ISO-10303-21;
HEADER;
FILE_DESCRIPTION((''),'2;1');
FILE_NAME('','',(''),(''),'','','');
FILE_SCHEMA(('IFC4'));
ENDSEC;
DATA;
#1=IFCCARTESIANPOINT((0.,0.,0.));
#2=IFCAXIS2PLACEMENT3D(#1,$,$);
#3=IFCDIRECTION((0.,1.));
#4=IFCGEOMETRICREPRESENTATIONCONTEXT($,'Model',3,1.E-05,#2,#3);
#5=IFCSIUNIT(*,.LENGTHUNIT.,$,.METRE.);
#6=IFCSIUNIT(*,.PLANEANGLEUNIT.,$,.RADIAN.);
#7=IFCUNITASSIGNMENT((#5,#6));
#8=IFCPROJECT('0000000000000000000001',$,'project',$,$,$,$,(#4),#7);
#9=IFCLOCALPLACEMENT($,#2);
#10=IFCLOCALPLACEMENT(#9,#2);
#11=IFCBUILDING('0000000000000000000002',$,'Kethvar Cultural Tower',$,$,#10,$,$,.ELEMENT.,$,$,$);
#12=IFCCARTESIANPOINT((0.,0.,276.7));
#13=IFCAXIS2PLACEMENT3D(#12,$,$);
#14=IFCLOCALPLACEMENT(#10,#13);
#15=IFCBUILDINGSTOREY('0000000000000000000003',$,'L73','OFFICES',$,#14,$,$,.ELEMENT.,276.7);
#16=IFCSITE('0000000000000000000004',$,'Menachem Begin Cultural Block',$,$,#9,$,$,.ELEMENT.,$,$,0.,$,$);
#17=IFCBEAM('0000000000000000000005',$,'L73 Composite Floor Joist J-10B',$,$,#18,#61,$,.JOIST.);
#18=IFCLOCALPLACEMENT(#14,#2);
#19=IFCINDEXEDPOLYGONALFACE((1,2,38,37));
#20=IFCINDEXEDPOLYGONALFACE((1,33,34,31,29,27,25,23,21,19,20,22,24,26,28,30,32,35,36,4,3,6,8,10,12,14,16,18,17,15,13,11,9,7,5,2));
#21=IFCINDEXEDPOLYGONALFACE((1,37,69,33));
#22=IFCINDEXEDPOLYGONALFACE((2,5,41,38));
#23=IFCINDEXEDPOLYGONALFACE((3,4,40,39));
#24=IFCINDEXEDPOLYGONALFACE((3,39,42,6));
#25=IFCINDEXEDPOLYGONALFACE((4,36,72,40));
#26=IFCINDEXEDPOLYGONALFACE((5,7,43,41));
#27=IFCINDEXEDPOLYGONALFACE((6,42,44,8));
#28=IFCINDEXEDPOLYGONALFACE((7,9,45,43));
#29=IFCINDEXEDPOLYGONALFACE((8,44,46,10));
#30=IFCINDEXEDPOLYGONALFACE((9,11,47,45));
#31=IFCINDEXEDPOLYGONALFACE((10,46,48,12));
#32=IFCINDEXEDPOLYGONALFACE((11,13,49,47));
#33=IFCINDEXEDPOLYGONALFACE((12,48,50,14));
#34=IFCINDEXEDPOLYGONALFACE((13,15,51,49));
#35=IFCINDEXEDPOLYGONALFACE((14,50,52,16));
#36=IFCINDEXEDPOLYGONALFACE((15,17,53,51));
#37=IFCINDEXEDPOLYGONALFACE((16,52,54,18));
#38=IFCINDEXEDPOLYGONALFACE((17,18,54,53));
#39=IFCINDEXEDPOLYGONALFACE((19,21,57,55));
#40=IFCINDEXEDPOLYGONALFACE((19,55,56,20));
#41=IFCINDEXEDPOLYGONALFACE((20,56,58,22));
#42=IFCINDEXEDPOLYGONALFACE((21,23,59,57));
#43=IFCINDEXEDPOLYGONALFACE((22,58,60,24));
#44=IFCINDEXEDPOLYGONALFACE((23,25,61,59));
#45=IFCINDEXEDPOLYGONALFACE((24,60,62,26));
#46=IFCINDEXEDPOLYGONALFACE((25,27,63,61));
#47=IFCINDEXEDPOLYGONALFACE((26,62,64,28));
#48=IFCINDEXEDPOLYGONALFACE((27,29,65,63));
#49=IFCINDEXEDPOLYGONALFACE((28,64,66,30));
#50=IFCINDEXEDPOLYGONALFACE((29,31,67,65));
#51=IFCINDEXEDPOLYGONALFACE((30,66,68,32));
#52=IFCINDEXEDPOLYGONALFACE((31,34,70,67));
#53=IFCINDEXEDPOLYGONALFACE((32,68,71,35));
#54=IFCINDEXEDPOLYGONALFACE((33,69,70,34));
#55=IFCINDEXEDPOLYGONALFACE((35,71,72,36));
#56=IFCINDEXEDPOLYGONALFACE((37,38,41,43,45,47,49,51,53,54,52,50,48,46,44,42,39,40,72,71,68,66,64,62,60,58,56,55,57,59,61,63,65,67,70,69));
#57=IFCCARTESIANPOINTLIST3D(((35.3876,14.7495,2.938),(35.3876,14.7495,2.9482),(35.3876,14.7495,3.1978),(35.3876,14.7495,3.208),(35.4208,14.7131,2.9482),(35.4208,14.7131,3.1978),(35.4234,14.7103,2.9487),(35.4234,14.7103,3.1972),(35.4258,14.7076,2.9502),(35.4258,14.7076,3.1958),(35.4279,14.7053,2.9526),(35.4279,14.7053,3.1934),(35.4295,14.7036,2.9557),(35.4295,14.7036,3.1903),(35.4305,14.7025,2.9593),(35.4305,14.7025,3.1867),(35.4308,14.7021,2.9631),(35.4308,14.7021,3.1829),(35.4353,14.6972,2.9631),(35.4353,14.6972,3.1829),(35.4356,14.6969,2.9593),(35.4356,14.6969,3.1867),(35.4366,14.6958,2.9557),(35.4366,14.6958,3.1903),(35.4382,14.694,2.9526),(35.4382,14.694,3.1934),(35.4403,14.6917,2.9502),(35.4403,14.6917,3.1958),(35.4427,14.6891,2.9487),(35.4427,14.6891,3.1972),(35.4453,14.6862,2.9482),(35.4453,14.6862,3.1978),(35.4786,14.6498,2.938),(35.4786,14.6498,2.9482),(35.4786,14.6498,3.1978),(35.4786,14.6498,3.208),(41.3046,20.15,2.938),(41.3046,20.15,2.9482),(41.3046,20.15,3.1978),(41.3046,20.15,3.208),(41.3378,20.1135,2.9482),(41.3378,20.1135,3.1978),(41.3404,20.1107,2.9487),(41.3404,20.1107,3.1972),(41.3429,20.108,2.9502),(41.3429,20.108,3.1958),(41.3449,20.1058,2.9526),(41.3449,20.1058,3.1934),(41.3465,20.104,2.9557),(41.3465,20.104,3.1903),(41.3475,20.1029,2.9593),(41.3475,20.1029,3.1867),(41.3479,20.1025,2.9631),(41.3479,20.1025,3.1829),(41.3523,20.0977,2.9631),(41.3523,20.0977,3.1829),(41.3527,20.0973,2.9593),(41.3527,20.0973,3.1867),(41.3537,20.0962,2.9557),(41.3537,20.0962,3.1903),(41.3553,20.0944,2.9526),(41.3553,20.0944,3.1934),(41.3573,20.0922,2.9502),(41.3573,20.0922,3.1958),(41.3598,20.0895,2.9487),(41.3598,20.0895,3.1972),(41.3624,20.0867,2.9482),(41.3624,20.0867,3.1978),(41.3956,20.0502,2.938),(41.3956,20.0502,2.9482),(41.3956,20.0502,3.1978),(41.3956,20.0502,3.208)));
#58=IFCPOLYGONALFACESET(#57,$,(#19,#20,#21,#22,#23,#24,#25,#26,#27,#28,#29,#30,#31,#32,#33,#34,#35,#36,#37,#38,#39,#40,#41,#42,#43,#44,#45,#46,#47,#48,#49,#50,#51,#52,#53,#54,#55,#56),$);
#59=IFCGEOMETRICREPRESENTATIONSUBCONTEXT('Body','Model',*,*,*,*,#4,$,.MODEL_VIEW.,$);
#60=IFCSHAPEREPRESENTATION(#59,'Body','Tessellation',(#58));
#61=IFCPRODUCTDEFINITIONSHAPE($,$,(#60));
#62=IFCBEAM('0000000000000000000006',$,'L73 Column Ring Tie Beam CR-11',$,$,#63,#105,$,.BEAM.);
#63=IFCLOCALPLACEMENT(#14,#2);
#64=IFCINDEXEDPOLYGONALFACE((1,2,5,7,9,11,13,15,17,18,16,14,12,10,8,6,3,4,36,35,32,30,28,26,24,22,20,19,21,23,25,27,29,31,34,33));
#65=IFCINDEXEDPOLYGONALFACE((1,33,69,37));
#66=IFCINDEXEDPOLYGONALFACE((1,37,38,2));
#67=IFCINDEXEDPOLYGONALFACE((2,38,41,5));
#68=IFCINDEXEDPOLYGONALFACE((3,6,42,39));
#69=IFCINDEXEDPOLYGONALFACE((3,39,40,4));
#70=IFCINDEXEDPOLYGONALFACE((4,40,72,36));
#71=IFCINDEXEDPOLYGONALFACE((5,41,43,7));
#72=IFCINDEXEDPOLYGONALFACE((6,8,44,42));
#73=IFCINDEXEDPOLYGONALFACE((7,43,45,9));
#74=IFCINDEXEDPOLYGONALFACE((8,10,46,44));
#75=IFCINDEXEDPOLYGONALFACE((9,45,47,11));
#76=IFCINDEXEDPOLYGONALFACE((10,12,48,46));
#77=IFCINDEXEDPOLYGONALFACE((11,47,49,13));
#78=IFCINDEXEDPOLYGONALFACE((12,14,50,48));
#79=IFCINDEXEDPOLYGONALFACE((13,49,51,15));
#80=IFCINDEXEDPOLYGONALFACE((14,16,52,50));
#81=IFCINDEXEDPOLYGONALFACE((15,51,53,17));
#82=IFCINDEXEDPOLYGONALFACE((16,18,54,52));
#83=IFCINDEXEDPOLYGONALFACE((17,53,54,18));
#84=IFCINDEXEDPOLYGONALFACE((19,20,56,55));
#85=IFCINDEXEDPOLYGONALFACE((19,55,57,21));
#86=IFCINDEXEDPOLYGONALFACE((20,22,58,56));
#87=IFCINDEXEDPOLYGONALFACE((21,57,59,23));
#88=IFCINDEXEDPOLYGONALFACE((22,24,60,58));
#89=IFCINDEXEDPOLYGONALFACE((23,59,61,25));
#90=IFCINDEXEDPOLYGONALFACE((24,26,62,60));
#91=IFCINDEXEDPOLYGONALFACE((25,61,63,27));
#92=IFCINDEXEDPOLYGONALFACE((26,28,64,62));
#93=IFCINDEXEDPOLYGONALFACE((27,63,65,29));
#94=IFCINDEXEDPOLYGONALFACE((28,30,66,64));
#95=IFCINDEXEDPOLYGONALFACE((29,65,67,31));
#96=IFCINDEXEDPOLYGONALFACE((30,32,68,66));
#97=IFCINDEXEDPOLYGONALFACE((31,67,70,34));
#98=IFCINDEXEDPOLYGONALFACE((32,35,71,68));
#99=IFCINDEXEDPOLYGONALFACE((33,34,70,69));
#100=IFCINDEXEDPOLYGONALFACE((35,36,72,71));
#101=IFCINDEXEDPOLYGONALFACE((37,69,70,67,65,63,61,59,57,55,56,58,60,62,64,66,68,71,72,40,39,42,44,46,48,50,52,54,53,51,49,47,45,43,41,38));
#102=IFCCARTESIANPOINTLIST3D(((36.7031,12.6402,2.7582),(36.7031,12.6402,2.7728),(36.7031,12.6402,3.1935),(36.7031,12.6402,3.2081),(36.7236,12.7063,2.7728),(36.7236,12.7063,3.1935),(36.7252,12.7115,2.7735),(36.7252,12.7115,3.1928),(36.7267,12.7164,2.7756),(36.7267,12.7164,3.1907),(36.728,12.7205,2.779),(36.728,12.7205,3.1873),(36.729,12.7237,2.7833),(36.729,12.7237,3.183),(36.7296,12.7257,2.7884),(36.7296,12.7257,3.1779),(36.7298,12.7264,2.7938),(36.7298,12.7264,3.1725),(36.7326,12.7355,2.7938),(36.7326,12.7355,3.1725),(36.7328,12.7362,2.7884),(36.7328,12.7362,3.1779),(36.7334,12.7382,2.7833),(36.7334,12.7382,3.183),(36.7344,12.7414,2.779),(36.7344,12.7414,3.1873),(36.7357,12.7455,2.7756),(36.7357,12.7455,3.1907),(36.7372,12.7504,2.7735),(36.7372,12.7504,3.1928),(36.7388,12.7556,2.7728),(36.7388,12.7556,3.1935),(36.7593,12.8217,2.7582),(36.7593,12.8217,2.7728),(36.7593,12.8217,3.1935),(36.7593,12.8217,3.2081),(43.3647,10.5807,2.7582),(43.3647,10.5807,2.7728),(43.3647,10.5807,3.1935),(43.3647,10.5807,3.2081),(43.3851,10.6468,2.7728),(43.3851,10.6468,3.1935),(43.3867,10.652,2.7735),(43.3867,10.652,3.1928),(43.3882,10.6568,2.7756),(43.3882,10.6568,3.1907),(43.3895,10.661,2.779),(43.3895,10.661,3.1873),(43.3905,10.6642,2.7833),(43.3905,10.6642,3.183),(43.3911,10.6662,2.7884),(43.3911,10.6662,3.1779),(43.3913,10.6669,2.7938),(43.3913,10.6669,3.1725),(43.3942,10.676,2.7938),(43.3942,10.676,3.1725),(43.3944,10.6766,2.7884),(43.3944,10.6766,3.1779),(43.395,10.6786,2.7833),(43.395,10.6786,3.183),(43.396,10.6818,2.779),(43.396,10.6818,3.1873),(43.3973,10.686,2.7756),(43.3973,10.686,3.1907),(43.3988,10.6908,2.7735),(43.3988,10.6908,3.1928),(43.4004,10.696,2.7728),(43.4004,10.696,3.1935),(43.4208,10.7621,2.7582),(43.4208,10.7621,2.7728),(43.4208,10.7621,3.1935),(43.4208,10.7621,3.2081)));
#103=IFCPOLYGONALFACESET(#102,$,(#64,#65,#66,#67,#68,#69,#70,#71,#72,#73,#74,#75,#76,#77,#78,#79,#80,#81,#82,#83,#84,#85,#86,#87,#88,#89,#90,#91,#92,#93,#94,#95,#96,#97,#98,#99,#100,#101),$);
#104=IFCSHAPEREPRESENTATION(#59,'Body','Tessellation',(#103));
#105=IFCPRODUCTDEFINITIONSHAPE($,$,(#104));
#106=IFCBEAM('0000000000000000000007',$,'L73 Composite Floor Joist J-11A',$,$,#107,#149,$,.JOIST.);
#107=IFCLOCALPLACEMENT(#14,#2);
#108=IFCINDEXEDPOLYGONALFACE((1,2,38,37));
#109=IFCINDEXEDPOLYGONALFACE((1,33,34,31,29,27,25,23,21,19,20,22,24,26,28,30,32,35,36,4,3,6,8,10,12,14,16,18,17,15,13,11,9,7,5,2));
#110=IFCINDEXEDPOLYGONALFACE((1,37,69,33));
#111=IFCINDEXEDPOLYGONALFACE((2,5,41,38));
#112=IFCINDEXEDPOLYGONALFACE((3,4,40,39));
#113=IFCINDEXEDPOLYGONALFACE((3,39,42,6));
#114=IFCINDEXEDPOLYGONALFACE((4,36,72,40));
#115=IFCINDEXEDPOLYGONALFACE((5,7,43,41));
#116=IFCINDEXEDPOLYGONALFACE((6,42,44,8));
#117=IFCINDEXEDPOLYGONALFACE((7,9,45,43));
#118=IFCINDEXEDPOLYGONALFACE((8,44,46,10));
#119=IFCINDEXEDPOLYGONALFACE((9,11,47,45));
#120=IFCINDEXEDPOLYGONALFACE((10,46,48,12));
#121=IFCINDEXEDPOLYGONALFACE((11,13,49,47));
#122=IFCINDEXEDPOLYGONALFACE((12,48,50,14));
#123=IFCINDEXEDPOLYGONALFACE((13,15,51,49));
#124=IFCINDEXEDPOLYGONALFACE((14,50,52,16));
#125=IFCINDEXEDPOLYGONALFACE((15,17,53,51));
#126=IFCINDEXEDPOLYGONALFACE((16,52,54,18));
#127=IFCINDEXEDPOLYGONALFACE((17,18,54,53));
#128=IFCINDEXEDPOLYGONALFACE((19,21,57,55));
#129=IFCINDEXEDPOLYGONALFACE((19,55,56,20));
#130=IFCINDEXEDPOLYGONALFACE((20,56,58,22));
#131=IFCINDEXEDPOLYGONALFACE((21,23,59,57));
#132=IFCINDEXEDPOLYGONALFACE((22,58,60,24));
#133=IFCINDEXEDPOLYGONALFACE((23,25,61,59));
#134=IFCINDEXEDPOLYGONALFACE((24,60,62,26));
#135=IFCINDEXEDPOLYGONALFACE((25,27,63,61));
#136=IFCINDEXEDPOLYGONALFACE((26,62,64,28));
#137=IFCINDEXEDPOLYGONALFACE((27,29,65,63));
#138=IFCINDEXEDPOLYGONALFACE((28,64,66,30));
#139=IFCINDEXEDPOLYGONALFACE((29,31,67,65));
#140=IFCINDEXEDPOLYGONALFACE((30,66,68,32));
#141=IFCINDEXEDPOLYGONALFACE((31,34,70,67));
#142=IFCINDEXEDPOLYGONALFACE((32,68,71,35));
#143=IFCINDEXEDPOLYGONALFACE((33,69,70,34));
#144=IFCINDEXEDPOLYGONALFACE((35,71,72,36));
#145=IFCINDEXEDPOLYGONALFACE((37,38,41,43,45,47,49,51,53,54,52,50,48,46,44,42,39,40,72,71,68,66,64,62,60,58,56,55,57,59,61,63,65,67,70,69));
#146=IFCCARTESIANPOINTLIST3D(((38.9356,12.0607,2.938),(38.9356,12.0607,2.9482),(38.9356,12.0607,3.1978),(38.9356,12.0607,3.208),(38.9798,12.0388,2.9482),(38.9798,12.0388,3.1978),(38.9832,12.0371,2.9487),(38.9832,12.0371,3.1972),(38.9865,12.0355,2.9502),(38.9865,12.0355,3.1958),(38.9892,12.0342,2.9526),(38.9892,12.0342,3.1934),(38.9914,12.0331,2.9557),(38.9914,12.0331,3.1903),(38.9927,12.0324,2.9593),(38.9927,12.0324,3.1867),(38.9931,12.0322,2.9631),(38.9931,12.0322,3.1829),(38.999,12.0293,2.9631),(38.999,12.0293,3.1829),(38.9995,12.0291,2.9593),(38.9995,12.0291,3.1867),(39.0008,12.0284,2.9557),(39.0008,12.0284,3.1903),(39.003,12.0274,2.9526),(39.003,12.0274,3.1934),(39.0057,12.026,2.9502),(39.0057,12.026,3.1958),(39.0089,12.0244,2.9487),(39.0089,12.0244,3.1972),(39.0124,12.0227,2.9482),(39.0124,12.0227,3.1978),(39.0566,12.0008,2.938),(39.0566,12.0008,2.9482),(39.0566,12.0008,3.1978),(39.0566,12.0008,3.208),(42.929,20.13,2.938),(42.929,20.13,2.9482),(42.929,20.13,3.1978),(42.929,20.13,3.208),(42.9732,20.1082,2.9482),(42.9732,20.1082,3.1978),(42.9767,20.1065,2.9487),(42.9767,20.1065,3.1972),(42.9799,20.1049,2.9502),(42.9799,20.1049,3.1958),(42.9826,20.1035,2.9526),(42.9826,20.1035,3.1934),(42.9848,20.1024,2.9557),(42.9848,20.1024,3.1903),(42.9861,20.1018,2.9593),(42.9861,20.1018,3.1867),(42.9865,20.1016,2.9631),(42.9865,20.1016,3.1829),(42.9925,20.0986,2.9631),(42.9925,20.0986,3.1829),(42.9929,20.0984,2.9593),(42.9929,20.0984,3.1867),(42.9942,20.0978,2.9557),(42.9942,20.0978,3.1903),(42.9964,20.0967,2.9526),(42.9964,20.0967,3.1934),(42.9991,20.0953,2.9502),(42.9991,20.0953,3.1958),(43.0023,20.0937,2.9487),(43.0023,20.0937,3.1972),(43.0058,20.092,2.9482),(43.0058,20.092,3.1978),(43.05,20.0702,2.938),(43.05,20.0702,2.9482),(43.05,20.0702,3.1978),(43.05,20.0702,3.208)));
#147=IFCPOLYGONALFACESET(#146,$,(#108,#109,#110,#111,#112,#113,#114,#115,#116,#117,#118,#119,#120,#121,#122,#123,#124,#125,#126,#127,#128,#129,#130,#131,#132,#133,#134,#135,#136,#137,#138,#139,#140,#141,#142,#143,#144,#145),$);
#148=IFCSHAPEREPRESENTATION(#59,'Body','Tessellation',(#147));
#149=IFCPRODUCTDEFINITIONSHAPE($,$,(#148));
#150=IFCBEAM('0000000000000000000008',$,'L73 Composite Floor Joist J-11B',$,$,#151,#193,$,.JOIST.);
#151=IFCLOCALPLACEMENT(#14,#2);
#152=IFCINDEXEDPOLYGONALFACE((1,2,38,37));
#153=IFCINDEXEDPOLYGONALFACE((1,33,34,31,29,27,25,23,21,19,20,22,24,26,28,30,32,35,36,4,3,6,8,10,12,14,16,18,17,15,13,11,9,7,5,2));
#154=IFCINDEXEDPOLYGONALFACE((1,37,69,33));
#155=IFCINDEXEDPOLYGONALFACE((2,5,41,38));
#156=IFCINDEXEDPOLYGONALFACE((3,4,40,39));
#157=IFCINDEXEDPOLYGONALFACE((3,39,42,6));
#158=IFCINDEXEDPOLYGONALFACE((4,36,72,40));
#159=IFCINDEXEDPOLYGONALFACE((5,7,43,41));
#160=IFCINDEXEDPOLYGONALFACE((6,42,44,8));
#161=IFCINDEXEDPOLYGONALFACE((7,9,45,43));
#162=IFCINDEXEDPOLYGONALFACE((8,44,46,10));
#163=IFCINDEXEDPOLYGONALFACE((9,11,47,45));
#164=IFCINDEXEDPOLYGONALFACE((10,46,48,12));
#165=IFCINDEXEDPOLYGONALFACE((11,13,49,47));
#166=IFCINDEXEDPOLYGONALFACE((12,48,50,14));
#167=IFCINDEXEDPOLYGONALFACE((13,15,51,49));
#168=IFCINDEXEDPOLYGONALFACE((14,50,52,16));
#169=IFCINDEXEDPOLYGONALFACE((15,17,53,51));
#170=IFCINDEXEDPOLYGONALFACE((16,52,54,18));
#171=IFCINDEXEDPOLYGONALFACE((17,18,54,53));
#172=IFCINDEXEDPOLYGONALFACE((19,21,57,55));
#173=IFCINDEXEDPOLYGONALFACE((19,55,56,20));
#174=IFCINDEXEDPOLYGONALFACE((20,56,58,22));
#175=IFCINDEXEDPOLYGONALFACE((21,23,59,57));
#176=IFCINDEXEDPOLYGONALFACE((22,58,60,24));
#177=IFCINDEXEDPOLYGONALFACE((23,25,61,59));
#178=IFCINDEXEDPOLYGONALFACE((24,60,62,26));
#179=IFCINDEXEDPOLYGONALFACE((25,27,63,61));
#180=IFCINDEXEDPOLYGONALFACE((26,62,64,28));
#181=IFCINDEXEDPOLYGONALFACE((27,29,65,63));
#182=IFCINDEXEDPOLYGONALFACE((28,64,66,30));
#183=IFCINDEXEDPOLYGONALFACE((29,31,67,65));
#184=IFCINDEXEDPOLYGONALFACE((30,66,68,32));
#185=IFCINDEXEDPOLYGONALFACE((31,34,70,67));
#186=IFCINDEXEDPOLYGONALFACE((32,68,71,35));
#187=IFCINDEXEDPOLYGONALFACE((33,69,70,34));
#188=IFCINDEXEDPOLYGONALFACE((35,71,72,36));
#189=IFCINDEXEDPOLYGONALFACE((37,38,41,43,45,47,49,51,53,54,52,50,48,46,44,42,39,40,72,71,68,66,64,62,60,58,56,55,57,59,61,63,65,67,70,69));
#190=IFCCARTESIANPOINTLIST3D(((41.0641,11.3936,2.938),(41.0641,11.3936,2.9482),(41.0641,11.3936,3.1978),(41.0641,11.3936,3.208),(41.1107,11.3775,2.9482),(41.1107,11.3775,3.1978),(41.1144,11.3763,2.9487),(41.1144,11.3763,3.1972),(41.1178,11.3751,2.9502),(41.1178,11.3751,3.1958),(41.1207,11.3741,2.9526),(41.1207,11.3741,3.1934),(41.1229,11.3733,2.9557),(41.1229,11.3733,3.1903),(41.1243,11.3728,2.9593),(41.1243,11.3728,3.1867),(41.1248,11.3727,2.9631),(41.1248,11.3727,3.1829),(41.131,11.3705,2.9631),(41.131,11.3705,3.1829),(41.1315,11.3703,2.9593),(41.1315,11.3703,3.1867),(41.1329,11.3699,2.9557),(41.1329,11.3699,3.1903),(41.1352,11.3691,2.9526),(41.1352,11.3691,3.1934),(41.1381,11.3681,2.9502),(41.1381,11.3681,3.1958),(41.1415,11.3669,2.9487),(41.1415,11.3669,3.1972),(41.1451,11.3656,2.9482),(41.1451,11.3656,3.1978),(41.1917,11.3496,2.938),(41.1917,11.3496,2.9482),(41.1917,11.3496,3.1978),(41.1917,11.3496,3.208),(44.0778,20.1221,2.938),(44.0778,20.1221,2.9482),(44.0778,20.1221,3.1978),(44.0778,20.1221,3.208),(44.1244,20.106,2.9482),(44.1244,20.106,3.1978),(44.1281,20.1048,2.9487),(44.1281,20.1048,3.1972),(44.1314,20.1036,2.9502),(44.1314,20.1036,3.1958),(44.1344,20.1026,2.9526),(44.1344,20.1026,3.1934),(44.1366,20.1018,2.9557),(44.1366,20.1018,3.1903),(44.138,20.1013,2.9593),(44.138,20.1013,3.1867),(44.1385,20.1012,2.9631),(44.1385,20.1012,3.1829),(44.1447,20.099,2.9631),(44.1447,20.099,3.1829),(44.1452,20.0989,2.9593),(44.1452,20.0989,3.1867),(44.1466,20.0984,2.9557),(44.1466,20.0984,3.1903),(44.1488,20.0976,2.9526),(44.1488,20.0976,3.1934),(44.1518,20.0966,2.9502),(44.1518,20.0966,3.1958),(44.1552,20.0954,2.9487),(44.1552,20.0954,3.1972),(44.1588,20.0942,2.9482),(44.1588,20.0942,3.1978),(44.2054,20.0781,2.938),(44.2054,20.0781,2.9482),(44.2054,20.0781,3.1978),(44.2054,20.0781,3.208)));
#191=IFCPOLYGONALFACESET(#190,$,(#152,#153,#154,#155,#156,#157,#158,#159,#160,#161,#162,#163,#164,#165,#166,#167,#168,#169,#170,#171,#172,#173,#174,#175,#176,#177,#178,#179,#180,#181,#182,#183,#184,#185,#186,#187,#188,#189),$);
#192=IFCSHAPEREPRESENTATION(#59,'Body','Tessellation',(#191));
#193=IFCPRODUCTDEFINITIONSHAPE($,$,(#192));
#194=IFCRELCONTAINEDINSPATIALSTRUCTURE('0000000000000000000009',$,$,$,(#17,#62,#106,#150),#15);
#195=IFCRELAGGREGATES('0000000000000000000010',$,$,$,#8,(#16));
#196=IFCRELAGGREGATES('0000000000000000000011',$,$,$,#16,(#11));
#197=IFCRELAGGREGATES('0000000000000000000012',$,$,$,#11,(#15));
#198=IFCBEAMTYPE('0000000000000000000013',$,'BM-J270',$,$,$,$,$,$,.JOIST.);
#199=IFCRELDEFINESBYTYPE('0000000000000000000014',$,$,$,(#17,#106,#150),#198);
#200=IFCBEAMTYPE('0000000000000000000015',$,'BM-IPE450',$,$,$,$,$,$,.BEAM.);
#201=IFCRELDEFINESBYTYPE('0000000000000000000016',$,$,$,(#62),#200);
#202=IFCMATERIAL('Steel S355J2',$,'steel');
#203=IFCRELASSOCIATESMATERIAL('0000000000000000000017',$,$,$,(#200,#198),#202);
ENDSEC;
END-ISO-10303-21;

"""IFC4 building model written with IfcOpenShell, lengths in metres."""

from ifc_helpers import new_model, si_unit, direction, frame, origin, origin_2d, place, context, subcontext, project, spatial, i_section, extrude, source, transform, mapped, material, material_profile, profile_set, type_object, element, save


model = new_model("IFC4")

# Units and contexts
model_context = context("Model", 3, precision=1e-05, world=origin(), true_north=direction((0.0, 1.0)))
body_context = subcontext(model_context, "Body", "Model", "MODEL_VIEW")
ifc_project = project(units=[si_unit("LENGTHUNIT", "METRE"), si_unit("PLANEANGLEUNIT", "RADIAN")], contexts=[model_context])

# Site, building, storey
site_placement = place(None, origin())
site = spatial("IfcSite", under=ifc_project, at=site_placement, Name="Menachem Begin Cultural Block", CompositionType="ELEMENT", RefElevation=0.0)
building_placement = place(site_placement, origin())
building = spatial("IfcBuilding", under=site, at=building_placement, Name="Kethvar Cultural Tower", CompositionType="ELEMENT")
storey_placement = place(building_placement, frame((0.0, 0.0, 276.7)))
storey = spatial("IfcBuildingStorey", under=building, at=storey_placement, Name="L73", Description="OFFICES", CompositionType="ELEMENT", Elevation=276.7)

# Shared definitions
ifc_material_1 = material(Name="Steel S355J2", Category="steel")

# Beams
ifc_material_profile_1 = material_profile(ifc_material_1, i_section(OverallWidth=0.1899, OverallDepth=0.45, WebThickness=0.0095, FlangeThickness=0.0146, FilletRadius=0.021, at=origin_2d()), Name="Steel S355J2 — IPE450")
ifc_profile_set_1 = profile_set([ifc_material_profile_1], Name="Steel S355J2 — IPE450")
beam_type_1 = type_object("IfcBeamType", Name="BM-IPE450", PredefinedType="BEAM", material=ifc_profile_set_1)
ifc_material_profile_2 = material_profile(ifc_material_1, i_section(OverallWidth=0.135, OverallDepth=0.27, WebThickness=0.0066, FlangeThickness=0.0103, FilletRadius=0.0149, at=origin_2d()), Name="Steel S355J2 — IPE270")
ifc_profile_set_2 = profile_set([ifc_material_profile_2], Name="Steel S355J2 — IPE270")
beam_type_2 = type_object("IfcBeamType", Name="BM-J270", PredefinedType="JOIST", material=ifc_profile_set_2)
shared_shape_1 = source(origin(), body_context, "Body", "SweptSolid", [
    extrude(i_section(OverallWidth=0.135, OverallDepth=0.27, WebThickness=0.0066, FlangeThickness=0.0103, FilletRadius=0.0149, at=origin_2d()), origin(), (0.0, 0.0, 1.0), 8.011),
])
beam_1_placement = place(storey_placement, frame((41.3501, 20.1001, 3.073), z_axis=(-0.738615, -0.674128, 0.0), x_axis=(0.674128, -0.738615, 0.0)))
element("IfcBeam", 1, at=beam_1_placement, inside=storey, type_object=beam_type_2, Name="L73 Composite Floor Joist J-10B", PredefinedType="JOIST", context=body_context, shape_type="MappedRepresentation", body=[
    mapped(shared_shape_1, transform((0.0, 0.0, 0.0), scale=1.0)),
])
shared_shape_2 = source(origin(), body_context, "Body", "SweptSolid", [
    extrude(i_section(OverallWidth=0.1899, OverallDepth=0.45, WebThickness=0.0095, FlangeThickness=0.0146, FilletRadius=0.021, at=origin_2d()), origin(), (0.0, 0.0, 1.0), 6.9727),
])
beam_2_placement = place(storey_placement, frame((36.7312, 12.731, 2.9832), z_axis=(0.955381, -0.295375, 0.0), x_axis=(0.295375, 0.955381, 0.0)))
element("IfcBeam", 2, at=beam_2_placement, inside=storey, type_object=beam_type_1, Name="L73 Column Ring Tie Beam CR-11", PredefinedType="BEAM", context=body_context, shape_type="MappedRepresentation", body=[
    mapped(shared_shape_2, transform((0.0, 0.0, 0.0), scale=1.0)),
])
shared_shape_3 = source(origin(), body_context, "Body", "SweptSolid", [
    extrude(i_section(OverallWidth=0.135, OverallDepth=0.27, WebThickness=0.0066, FlangeThickness=0.0103, FilletRadius=0.0149, at=origin_2d()), origin(), (0.0, 0.0, 1.0), 9.0034),
])
beam_3_placement = place(storey_placement, frame((42.9895, 20.1001, 3.073), z_axis=(-0.443544, -0.896253, 0.0), x_axis=(0.896253, -0.443544, 0.0)))
element("IfcBeam", 3, at=beam_3_placement, inside=storey, type_object=beam_type_2, Name="L73 Composite Floor Joist J-11A", PredefinedType="JOIST", context=body_context, shape_type="MappedRepresentation", body=[
    mapped(shared_shape_3, transform((0.0, 0.0, 0.0), scale=1.0)),
])
shared_shape_4 = source(origin(), body_context, "Body", "SweptSolid", [
    extrude(i_section(OverallWidth=0.135, OverallDepth=0.27, WebThickness=0.0066, FlangeThickness=0.0103, FilletRadius=0.0149, at=origin_2d()), origin(), (0.0, 0.0, 1.0), 9.2341),
])
beam_4_placement = place(storey_placement, frame((44.1416, 20.1001, 3.073), z_axis=(-0.326362, -0.945245, 0.0), x_axis=(0.945245, -0.326362, 0.0)))
element("IfcBeam", 4, at=beam_4_placement, inside=storey, type_object=beam_type_2, Name="L73 Composite Floor Joist J-11B", PredefinedType="JOIST", context=body_context, shape_type="MappedRepresentation", body=[
    mapped(shared_shape_4, transform((0.0, 0.0, 0.0), scale=1.0)),
])

save(model, "model.ifc")
